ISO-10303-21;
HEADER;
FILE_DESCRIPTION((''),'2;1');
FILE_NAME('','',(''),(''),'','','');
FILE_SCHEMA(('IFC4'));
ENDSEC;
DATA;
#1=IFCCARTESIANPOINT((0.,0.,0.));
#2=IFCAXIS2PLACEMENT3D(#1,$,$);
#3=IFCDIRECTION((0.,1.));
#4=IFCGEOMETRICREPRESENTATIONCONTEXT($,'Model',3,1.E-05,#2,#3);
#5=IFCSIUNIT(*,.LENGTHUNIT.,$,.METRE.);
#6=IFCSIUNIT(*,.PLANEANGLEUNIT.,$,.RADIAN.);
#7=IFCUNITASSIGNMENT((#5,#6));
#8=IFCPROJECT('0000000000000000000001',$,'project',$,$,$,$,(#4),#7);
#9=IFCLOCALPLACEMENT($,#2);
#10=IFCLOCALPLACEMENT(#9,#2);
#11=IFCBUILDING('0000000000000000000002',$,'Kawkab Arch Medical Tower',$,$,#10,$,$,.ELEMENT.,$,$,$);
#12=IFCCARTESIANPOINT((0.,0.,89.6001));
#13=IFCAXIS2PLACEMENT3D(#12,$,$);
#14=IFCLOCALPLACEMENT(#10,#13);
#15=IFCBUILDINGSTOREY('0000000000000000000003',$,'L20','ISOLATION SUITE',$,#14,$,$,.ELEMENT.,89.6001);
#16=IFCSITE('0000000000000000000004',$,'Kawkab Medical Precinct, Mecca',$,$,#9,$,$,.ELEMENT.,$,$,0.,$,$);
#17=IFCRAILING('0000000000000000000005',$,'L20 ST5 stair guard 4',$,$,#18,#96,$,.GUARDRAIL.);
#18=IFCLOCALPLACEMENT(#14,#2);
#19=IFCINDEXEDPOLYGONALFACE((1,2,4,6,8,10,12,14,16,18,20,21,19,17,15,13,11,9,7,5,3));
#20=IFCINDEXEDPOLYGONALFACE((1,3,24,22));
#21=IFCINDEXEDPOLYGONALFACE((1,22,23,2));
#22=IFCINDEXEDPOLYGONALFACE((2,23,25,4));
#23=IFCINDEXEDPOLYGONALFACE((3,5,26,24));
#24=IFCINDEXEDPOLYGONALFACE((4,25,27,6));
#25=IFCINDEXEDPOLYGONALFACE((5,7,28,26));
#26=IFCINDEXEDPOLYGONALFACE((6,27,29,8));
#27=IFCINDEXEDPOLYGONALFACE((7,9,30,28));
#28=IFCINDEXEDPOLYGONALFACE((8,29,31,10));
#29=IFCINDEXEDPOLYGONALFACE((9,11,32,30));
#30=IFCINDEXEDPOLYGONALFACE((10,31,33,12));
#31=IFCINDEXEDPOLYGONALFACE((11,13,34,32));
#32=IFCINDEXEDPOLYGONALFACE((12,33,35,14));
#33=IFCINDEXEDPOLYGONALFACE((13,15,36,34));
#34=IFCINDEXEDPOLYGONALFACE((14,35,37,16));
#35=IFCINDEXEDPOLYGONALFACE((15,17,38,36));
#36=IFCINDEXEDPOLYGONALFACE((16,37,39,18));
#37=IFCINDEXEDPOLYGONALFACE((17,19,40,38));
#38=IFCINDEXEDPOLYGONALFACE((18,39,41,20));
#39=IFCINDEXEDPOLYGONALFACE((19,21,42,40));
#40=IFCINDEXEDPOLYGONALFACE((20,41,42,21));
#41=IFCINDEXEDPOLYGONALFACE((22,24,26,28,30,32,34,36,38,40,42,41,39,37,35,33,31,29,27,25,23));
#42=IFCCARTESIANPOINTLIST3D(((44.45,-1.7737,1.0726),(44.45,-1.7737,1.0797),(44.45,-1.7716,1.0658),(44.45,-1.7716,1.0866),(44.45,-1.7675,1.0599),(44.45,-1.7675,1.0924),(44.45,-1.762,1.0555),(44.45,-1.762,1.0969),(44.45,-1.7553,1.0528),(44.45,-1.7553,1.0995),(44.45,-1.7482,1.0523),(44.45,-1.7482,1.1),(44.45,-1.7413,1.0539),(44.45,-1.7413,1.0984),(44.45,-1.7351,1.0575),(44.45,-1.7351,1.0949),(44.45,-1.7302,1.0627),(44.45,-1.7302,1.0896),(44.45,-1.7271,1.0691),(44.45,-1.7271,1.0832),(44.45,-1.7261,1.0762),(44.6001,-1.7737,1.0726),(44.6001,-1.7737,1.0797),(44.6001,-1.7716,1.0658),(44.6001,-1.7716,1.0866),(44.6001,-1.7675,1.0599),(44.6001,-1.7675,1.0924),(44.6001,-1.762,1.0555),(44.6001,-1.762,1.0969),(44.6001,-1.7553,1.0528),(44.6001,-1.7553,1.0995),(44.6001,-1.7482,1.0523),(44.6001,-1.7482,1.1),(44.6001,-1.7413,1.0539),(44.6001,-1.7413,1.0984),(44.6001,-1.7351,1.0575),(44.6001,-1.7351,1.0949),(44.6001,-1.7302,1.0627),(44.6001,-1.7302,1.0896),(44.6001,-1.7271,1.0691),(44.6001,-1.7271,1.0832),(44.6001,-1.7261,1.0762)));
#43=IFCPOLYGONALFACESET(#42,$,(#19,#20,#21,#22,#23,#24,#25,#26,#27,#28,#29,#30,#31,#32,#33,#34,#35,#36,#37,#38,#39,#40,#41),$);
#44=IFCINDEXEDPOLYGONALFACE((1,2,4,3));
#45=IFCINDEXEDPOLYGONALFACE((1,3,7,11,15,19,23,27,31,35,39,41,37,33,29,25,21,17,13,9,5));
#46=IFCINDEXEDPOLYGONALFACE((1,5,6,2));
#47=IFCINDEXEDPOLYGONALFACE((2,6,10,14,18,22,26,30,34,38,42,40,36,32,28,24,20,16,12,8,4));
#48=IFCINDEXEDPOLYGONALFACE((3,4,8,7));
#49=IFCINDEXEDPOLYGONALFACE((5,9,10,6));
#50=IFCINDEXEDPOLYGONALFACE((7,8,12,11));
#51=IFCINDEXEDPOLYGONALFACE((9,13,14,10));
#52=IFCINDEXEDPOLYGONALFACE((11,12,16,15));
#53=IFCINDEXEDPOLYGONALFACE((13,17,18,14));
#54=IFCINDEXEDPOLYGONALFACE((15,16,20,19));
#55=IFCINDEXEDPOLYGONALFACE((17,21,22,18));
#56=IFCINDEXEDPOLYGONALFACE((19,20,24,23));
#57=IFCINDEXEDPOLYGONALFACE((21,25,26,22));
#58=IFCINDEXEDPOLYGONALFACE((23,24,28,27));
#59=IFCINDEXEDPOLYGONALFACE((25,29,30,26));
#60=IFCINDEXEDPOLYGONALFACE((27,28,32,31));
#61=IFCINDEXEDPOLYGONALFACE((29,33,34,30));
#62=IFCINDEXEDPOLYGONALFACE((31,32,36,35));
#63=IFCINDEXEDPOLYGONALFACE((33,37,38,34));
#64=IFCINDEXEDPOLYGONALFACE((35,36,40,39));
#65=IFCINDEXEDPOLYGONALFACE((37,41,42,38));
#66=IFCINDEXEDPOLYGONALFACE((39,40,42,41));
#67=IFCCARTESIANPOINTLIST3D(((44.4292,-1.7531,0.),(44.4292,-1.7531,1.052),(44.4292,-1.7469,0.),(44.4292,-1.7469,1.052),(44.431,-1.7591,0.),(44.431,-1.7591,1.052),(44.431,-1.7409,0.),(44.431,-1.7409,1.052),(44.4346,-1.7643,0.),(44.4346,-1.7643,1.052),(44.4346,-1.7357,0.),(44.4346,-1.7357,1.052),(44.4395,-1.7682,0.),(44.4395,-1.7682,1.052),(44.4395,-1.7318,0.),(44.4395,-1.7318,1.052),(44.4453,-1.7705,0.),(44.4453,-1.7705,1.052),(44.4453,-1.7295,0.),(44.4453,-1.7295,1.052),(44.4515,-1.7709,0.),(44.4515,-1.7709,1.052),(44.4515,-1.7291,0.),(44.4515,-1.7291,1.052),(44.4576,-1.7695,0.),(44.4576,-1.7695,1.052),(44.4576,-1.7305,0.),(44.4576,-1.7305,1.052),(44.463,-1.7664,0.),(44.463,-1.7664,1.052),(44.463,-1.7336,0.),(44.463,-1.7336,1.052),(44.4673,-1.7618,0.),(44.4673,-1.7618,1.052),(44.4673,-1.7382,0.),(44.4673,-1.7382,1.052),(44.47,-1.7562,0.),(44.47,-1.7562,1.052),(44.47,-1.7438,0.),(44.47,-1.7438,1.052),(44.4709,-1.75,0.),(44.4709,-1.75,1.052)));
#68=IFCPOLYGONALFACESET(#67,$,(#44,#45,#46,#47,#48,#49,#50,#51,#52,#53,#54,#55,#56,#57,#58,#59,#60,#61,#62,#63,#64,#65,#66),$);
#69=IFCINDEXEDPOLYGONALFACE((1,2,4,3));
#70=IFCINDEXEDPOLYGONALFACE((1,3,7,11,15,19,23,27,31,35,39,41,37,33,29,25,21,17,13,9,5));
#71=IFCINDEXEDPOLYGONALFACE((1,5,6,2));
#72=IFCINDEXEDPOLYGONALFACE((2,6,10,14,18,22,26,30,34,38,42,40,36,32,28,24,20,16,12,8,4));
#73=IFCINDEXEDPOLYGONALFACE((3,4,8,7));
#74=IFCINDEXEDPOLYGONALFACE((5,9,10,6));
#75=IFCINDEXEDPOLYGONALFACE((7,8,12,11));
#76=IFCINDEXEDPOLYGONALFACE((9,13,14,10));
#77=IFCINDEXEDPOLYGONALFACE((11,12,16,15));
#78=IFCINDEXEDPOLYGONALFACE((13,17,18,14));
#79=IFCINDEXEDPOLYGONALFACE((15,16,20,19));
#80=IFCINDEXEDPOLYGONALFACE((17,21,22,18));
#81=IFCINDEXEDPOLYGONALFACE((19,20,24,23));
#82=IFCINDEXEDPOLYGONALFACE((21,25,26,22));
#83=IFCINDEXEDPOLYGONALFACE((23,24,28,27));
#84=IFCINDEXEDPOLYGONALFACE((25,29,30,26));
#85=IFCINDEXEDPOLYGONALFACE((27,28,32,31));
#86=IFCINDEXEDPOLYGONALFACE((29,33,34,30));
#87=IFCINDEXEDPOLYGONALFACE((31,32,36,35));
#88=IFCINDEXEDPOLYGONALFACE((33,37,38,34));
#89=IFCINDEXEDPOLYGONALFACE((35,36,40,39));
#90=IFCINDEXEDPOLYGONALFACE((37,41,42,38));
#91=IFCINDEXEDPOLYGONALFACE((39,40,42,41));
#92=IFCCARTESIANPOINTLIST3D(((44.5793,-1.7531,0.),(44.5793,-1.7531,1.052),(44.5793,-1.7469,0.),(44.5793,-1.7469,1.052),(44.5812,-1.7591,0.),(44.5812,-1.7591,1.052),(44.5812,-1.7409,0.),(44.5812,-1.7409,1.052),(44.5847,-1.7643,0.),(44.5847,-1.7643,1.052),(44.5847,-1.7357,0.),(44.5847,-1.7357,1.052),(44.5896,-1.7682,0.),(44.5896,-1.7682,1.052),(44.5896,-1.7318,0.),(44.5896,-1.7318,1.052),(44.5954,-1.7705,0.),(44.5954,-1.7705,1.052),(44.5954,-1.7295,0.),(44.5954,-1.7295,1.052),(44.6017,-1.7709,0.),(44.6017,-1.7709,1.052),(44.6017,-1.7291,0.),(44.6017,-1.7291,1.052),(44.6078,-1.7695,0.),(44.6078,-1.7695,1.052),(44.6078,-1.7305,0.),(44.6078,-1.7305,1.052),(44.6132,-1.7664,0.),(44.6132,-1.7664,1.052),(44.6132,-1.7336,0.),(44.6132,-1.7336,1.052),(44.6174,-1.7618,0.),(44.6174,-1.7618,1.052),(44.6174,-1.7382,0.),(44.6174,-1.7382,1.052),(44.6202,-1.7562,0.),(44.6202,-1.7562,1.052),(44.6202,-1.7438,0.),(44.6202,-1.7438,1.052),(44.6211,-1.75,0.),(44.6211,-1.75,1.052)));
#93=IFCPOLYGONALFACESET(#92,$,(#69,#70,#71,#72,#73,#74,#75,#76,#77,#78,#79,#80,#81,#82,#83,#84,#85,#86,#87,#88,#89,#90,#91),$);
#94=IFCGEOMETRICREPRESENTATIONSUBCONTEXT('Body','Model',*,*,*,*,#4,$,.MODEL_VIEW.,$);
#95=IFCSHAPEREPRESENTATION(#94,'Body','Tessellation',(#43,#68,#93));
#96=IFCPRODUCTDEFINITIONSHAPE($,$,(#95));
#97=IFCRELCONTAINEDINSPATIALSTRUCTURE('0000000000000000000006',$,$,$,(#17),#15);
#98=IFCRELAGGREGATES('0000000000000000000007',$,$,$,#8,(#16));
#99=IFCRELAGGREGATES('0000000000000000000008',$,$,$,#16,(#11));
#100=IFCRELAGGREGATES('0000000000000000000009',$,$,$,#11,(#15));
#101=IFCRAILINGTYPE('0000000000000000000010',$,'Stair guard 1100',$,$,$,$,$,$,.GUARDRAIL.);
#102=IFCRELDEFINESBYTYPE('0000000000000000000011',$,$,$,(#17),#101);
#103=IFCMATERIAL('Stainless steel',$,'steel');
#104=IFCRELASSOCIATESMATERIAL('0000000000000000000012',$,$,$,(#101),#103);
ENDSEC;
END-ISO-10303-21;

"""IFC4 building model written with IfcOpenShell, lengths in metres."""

from ifc_helpers import new_model, si_unit, direction, frame, origin, origin_2d, place, context, subcontext, project, spatial, circle, extrude, material, type_object, element, save


model = new_model("IFC4")

# Units and contexts
model_context = context("Model", 3, precision=1e-05, world=origin(), true_north=direction((0.0, 1.0)))
body_context = subcontext(model_context, "Body", "Model", "MODEL_VIEW")
ifc_project = project(units=[si_unit("LENGTHUNIT", "METRE"), si_unit("PLANEANGLEUNIT", "RADIAN")], contexts=[model_context])

# Site, building, storey
site_placement = place(None, origin())
site = spatial("IfcSite", under=ifc_project, at=site_placement, Name="Kawkab Medical Precinct, Mecca", CompositionType="ELEMENT", RefElevation=0.0)
building_placement = place(site_placement, origin())
building = spatial("IfcBuilding", under=site, at=building_placement, Name="Kawkab Arch Medical Tower", CompositionType="ELEMENT")
storey_placement = place(building_placement, frame((0.0, 0.0, 89.6001)))
storey = spatial("IfcBuildingStorey", under=building, at=storey_placement, Name="L20", Description="ISOLATION SUITE", CompositionType="ELEMENT", Elevation=89.6001)

# Railing
ifc_material_1 = material(Name="Stainless steel", Category="steel")
railing_type_1 = type_object("IfcRailingType", Name="Stair guard 1100", PredefinedType="GUARDRAIL", material=ifc_material_1)
railing_1_placement = place(storey_placement, frame((44.45, -1.75, 0.0)))
element("IfcRailing", 1, at=railing_1_placement, inside=storey, type_object=railing_type_1, Name="L20 ST5 stair guard 4", PredefinedType="GUARDRAIL", context=body_context, shape_type="SweptSolid", body=[
    extrude(circle(Radius=0.0239, at=origin_2d()), frame((0.0, 0.0, 1.0762), z_axis=(1.0, 0.0, 0.0), x_axis=(0.0, 1.0, 0.0)), (0.0, 0.0, 1.0), 0.1501),
    extrude(circle(Radius=0.021, at=origin_2d()), origin(), (0.0, 0.0, 1.0), 1.052),
    extrude(circle(Radius=0.021, at=origin_2d()), frame((0.1501, 0.0, 0.0)), (0.0, 0.0, 1.0), 1.052),
])

save(model, "model.ifc")
